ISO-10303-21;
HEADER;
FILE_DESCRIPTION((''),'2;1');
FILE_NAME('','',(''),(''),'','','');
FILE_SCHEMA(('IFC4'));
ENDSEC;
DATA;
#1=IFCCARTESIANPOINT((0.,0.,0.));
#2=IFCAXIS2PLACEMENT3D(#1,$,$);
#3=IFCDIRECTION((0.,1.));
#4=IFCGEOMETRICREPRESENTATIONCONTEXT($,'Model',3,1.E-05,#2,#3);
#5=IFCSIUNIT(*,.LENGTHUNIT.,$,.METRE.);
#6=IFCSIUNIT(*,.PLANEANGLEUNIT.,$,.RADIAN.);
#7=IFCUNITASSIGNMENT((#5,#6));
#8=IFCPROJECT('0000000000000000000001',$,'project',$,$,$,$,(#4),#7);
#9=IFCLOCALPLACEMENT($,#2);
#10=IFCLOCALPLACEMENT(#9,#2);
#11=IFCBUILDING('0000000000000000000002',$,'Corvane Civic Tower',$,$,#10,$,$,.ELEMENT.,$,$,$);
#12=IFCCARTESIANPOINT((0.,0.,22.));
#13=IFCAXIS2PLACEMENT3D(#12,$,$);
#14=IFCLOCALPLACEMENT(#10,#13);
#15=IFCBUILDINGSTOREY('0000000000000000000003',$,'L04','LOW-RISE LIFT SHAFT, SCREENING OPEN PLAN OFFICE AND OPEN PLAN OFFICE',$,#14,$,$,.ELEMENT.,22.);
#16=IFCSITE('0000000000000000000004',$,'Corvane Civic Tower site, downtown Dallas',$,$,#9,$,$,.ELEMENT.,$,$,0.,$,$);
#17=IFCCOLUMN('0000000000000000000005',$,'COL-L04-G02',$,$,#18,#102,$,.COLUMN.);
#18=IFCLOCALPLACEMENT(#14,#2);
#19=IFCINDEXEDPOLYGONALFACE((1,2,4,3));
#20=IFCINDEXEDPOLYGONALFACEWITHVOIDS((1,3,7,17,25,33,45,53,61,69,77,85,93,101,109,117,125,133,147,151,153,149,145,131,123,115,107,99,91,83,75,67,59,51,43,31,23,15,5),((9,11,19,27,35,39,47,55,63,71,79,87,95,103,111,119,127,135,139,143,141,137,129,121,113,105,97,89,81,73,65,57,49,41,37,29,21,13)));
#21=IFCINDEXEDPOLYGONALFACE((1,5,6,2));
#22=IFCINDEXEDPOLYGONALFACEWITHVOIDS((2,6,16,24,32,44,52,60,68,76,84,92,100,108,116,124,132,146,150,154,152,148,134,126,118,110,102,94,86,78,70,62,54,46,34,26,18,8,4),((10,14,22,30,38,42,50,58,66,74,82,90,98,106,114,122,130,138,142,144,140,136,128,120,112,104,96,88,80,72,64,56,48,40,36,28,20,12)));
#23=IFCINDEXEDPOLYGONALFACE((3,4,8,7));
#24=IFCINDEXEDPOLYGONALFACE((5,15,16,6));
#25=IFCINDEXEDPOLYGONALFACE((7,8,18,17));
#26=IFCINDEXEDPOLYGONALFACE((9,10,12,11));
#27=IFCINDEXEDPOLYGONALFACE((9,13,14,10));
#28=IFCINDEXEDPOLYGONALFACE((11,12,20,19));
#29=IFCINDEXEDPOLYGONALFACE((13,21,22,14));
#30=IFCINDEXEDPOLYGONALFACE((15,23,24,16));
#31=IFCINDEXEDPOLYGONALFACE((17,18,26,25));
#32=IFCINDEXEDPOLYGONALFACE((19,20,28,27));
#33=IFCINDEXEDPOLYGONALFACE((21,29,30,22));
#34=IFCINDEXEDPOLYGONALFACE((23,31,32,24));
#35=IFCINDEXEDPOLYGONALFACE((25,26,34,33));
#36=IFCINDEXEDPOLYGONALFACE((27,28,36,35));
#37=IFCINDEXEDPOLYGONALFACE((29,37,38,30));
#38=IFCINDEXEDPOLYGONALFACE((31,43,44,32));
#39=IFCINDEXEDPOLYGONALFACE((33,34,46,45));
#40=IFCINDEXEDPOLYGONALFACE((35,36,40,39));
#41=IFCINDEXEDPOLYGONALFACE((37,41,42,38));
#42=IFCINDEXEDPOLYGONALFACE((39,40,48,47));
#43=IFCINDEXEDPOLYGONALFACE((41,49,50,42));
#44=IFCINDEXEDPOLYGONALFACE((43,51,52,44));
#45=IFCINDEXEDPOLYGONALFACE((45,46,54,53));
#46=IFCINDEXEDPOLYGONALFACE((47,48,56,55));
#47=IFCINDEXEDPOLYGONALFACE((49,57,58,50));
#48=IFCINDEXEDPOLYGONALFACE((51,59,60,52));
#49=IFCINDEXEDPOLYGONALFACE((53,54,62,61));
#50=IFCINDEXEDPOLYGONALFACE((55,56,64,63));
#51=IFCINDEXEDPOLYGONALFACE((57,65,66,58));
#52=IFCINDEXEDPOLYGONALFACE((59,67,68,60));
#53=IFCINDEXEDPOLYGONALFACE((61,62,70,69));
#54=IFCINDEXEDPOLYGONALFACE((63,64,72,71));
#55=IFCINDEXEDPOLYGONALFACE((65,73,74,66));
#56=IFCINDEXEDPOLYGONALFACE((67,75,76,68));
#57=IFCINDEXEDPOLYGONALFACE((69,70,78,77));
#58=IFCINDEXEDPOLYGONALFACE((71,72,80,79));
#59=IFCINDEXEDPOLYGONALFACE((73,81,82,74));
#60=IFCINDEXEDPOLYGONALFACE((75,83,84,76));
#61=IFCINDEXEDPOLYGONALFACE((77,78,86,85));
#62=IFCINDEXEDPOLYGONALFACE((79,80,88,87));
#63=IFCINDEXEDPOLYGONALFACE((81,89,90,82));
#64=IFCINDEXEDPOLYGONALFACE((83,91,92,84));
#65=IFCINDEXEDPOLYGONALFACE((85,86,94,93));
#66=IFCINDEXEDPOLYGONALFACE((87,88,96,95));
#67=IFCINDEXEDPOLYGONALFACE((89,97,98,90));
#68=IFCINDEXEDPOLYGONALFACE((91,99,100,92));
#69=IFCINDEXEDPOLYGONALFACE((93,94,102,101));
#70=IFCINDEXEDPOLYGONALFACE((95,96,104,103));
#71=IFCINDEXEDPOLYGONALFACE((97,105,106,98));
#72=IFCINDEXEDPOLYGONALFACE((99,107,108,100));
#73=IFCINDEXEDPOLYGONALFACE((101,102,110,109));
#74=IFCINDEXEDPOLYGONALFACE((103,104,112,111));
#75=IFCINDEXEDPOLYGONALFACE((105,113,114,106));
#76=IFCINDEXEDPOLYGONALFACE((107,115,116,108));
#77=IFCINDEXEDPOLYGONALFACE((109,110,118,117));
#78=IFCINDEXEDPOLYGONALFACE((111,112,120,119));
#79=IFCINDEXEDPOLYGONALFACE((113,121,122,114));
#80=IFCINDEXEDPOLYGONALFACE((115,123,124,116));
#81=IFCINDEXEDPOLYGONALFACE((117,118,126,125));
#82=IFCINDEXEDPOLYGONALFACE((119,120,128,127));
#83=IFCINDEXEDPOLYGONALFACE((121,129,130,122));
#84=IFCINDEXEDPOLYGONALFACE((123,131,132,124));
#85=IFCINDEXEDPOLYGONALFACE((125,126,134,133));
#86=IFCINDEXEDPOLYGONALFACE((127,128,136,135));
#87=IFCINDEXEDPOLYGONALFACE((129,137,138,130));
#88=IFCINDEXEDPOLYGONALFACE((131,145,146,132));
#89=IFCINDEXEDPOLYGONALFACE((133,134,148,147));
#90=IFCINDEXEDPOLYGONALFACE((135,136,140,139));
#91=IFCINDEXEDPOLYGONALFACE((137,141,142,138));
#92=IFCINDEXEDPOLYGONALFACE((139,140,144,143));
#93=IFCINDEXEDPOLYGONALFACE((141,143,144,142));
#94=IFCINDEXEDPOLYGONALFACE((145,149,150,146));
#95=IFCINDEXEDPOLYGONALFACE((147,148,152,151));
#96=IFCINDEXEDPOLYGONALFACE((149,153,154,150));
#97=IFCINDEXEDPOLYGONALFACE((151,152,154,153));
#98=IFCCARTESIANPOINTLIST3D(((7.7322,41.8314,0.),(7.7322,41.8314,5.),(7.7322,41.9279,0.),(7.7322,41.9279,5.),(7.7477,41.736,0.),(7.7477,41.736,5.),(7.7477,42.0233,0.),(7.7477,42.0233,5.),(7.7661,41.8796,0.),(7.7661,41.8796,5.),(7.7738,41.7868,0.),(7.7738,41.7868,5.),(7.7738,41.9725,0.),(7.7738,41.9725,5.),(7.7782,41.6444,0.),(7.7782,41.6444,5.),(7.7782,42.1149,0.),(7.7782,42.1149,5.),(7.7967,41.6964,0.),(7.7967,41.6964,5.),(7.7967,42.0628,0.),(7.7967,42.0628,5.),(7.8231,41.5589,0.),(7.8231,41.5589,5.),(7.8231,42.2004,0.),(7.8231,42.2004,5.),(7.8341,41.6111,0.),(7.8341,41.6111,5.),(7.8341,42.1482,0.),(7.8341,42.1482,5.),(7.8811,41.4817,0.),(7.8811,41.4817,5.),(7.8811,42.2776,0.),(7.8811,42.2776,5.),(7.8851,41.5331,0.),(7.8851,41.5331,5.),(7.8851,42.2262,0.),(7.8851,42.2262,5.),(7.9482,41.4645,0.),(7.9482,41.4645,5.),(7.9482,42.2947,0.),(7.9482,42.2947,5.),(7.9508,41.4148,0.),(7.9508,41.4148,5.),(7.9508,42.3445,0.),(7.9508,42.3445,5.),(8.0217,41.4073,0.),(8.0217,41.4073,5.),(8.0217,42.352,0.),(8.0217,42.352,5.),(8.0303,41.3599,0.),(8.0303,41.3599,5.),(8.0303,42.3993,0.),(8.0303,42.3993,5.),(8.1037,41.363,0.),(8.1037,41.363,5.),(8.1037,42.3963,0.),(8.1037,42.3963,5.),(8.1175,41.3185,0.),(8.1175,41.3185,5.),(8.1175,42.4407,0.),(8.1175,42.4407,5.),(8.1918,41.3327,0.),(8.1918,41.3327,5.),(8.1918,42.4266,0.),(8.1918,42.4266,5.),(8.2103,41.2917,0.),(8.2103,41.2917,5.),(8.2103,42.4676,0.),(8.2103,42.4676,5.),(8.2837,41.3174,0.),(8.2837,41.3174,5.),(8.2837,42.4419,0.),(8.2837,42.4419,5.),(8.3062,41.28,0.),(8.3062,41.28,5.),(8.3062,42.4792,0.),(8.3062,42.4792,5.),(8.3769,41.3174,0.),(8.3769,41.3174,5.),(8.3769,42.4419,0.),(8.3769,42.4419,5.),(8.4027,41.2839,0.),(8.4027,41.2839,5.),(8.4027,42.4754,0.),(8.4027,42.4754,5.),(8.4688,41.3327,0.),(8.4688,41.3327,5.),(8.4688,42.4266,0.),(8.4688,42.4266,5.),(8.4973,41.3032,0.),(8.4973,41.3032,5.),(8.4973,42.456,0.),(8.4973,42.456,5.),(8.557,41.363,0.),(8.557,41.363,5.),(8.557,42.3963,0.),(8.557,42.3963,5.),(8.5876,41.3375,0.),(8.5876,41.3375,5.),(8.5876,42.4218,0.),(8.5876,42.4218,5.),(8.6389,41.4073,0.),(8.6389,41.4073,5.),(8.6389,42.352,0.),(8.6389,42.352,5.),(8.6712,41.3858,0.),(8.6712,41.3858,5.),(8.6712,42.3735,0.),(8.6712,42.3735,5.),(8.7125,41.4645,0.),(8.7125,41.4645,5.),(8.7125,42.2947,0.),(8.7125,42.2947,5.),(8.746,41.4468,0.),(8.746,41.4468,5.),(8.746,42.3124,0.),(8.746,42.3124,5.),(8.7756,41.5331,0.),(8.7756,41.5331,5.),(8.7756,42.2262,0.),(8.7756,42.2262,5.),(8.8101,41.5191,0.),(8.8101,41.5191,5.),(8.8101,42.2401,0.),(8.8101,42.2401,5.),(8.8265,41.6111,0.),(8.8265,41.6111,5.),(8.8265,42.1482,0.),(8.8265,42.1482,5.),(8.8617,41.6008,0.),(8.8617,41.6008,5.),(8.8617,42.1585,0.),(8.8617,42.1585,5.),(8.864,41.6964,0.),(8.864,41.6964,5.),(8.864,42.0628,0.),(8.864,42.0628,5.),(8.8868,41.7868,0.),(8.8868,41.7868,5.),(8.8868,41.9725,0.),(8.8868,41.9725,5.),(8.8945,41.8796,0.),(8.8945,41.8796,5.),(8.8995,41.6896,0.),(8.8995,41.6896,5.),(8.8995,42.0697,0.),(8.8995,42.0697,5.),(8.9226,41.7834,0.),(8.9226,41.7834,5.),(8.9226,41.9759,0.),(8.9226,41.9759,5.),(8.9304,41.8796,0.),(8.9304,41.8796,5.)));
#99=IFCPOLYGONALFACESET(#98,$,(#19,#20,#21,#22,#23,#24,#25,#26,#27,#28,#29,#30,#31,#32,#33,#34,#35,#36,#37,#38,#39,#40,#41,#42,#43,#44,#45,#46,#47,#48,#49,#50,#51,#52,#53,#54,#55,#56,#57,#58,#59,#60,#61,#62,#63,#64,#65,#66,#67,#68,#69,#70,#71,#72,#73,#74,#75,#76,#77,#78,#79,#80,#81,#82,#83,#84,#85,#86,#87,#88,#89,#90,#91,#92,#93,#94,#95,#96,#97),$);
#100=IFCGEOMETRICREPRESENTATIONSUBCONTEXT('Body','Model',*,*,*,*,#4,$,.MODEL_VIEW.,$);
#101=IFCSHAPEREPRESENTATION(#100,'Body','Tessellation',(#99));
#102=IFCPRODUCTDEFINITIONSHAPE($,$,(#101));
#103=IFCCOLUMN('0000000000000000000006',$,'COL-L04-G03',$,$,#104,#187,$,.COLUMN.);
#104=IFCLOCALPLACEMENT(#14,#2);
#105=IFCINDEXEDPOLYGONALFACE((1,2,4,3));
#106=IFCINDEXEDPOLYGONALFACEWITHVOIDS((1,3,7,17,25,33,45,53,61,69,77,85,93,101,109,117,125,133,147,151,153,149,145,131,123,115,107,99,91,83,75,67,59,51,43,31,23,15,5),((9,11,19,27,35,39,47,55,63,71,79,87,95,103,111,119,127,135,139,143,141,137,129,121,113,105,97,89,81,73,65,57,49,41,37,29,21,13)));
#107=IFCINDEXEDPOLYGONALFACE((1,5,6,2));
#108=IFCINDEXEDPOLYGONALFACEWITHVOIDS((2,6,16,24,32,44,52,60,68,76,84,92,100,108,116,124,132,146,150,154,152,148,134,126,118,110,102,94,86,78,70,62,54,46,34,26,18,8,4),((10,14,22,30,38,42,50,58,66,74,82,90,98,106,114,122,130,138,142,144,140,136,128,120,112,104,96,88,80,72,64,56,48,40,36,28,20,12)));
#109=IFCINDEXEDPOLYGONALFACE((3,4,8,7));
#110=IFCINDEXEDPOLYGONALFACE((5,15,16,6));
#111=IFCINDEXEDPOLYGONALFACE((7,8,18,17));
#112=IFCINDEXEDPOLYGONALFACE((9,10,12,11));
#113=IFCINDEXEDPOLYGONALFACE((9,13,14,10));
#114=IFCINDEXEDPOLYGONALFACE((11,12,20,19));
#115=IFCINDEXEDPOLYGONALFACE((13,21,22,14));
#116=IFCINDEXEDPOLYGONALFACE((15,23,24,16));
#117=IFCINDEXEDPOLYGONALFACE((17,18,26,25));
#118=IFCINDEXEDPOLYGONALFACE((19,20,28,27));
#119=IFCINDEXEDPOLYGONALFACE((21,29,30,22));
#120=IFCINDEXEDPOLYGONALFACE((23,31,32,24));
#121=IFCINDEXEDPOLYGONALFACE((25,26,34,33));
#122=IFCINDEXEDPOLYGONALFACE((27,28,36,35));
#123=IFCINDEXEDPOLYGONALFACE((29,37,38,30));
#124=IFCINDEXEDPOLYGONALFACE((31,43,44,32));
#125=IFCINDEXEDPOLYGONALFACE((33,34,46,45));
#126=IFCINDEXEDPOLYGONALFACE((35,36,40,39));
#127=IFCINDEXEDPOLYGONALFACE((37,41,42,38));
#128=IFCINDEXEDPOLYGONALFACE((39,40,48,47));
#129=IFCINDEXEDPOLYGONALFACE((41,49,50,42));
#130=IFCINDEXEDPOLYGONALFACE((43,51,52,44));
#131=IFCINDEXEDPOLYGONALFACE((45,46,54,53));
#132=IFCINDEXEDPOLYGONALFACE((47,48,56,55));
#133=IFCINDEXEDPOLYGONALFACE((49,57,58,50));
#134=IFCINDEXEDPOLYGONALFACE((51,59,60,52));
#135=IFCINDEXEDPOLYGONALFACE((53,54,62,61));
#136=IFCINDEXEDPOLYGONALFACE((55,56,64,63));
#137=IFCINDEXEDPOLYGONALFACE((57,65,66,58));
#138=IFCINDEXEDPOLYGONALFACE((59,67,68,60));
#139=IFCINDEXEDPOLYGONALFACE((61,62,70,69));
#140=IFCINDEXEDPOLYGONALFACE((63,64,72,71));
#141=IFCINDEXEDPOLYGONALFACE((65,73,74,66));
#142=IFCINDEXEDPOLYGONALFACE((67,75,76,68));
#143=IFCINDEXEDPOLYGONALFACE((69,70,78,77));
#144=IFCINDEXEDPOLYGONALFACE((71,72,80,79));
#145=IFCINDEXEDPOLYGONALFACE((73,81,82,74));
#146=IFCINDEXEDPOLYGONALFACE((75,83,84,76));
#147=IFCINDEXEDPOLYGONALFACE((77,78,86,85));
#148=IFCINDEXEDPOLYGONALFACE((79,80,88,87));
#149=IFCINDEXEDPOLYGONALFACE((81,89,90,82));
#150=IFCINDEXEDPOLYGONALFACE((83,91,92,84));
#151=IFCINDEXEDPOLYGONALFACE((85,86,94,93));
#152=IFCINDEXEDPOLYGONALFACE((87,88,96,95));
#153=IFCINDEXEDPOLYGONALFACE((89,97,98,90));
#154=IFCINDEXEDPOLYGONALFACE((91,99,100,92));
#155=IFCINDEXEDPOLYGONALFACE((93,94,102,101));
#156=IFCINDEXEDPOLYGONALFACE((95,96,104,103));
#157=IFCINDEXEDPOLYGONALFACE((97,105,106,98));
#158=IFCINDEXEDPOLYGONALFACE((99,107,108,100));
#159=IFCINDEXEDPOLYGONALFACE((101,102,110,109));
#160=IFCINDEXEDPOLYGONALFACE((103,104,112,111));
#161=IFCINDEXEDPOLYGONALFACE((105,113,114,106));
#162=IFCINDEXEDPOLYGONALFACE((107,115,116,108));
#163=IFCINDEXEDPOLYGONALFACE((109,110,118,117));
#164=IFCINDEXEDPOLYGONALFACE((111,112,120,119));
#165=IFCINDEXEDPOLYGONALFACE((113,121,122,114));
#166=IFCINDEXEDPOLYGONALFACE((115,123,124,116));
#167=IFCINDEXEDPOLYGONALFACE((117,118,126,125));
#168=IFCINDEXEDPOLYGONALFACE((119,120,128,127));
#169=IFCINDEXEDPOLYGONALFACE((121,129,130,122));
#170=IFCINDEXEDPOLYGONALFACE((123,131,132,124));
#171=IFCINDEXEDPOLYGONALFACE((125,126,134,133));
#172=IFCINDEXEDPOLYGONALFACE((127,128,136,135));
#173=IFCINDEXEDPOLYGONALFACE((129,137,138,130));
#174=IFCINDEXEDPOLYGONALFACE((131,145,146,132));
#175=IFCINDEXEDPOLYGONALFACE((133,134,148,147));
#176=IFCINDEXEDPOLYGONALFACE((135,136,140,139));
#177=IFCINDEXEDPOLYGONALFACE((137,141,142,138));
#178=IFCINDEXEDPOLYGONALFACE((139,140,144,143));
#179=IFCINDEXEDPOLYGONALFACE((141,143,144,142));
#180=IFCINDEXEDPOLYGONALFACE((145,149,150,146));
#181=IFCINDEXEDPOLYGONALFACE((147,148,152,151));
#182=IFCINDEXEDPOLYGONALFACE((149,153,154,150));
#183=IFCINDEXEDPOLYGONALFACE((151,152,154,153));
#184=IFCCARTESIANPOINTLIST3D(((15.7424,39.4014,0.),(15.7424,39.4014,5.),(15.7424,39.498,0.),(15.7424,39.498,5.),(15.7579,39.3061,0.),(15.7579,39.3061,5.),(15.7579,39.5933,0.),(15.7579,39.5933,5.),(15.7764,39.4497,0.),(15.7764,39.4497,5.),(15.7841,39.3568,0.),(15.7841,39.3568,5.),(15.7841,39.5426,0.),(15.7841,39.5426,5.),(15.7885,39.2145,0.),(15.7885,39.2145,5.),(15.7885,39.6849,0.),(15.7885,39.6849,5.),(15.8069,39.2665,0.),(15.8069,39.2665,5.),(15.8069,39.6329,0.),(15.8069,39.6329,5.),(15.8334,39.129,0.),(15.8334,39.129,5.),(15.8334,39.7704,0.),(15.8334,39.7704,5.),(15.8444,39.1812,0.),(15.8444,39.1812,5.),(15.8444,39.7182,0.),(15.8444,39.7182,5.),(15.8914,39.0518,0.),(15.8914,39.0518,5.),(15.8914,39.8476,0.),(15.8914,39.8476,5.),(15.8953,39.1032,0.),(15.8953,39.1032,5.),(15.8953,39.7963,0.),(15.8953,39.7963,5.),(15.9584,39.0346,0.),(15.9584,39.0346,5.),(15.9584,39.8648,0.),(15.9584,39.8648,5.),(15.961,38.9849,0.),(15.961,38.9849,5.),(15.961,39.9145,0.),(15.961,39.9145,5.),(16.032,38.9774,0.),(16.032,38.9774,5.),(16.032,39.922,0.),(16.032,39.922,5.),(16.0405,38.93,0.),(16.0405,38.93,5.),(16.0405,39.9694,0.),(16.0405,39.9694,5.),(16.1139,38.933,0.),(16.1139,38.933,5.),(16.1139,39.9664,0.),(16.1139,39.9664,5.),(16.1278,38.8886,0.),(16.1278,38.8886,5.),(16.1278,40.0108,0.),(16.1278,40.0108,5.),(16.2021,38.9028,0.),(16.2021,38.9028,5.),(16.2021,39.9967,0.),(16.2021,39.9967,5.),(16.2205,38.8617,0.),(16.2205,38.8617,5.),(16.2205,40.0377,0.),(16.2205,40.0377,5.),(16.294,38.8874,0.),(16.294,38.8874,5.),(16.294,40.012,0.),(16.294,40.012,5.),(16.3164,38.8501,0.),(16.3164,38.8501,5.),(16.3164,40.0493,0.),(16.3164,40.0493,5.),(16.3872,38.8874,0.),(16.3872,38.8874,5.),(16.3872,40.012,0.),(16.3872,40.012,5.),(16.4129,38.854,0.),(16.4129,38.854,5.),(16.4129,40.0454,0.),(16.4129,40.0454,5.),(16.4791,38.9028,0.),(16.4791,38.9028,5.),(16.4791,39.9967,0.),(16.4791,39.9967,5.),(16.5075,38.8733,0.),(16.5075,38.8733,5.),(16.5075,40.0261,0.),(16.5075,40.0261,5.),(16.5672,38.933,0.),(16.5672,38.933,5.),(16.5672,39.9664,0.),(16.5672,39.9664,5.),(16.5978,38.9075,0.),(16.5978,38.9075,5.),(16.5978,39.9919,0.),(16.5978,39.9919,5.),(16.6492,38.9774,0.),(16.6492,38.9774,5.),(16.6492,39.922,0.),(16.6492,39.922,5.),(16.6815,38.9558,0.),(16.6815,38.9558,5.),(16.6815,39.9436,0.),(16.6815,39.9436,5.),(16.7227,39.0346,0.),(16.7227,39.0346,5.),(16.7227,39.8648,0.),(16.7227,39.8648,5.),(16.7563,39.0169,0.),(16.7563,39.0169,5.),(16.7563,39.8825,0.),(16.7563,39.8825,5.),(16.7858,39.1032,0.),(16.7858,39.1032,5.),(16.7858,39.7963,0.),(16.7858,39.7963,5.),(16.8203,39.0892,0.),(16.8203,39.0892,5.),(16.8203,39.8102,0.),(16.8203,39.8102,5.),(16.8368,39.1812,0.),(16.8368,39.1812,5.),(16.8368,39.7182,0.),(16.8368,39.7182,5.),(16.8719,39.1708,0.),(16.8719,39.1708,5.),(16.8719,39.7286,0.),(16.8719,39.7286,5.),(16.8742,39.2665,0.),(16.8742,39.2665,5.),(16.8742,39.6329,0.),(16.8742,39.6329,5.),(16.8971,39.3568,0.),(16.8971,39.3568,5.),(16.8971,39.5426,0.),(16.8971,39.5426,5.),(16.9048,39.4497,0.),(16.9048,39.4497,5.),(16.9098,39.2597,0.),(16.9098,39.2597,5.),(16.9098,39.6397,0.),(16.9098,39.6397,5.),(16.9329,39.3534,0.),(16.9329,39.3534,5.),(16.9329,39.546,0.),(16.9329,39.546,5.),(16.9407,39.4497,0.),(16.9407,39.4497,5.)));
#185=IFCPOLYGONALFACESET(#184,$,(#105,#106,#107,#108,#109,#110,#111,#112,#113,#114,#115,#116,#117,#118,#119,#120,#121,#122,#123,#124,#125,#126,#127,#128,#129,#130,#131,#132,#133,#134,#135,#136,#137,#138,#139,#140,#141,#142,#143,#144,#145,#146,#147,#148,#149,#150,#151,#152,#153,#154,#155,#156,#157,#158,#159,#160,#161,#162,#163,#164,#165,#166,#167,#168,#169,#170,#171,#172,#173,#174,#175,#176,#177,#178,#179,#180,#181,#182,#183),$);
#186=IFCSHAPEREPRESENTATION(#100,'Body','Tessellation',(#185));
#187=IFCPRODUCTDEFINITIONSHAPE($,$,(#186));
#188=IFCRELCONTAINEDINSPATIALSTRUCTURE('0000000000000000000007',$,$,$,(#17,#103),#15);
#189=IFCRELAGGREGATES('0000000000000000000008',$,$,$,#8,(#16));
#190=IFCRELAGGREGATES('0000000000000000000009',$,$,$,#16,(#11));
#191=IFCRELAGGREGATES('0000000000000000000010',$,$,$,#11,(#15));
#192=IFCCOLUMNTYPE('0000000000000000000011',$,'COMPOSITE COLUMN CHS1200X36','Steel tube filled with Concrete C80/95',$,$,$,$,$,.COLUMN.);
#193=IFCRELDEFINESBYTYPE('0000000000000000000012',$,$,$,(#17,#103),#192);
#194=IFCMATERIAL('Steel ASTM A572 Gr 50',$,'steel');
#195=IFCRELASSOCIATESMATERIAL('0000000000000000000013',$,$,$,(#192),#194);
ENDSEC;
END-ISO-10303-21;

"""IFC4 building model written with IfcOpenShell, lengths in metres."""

from ifc_helpers import new_model, si_unit, direction, frame, origin, origin_2d, place, context, subcontext, project, spatial, hollow_circle, extrude, material, material_profile, profile_set, type_object, element, save


model = new_model("IFC4")

# Units and contexts
model_context = context("Model", 3, precision=1e-05, world=origin(), true_north=direction((0.0, 1.0)))
body_context = subcontext(model_context, "Body", "Model", "MODEL_VIEW")
ifc_project = project(units=[si_unit("LENGTHUNIT", "METRE"), si_unit("PLANEANGLEUNIT", "RADIAN")], contexts=[model_context])

# Site, building, storey
site_placement = place(None, origin())
site = spatial("IfcSite", under=ifc_project, at=site_placement, Name="Corvane Civic Tower site, downtown Dallas", CompositionType="ELEMENT", RefElevation=0.0)
building_placement = place(site_placement, origin())
building = spatial("IfcBuilding", under=site, at=building_placement, Name="Corvane Civic Tower", CompositionType="ELEMENT")
storey_placement = place(building_placement, frame((0.0, 0.0, 22.0)))
storey = spatial("IfcBuildingStorey", under=building, at=storey_placement, Name="L04", Description="LOW-RISE LIFT SHAFT, SCREENING OPEN PLAN OFFICE AND OPEN PLAN OFFICE", CompositionType="ELEMENT", Elevation=22.0)

# Columns
ifc_material_1 = material(Name="Steel ASTM A572 Gr 50", Category="steel")
ifc_material_profile_1 = material_profile(ifc_material_1, hollow_circle(Radius=0.6001, WallThickness=0.0359, at=origin_2d()), Name="CHS1200X36")
ifc_profile_set_1 = profile_set([ifc_material_profile_1], Name="Steel ASTM A572 Gr 50")
column_type_1 = type_object("IfcColumnType", Name="COMPOSITE COLUMN CHS1200X36", Description="Steel tube filled with Concrete C80/95", PredefinedType="COLUMN", material=ifc_profile_set_1)
for number, where, z_axis, x_axis, name in (
    (1, (8.3303, 41.8796, 0.0), (0.0, 0.0, 1.0), (1.0, 0.0, 0.0), "COL-L04-G02"),
    (2, (16.3406, 39.4497, 0.0), (0.0, 0.0, 1.0), (1.0, 0.0, 0.0), "COL-L04-G03"),
):
    element("IfcColumn", number, at=place(storey_placement, frame(where, z_axis=z_axis, x_axis=x_axis)), inside=storey, type_object=column_type_1, Name=name, PredefinedType="COLUMN", context=body_context, shape_type="SweptSolid", body=[
        extrude(hollow_circle(Radius=0.6001, WallThickness=0.0359, at=origin_2d()), origin(), (0.0, 0.0, 1.0), 5.0),
    ])

save(model, "model.ifc")
